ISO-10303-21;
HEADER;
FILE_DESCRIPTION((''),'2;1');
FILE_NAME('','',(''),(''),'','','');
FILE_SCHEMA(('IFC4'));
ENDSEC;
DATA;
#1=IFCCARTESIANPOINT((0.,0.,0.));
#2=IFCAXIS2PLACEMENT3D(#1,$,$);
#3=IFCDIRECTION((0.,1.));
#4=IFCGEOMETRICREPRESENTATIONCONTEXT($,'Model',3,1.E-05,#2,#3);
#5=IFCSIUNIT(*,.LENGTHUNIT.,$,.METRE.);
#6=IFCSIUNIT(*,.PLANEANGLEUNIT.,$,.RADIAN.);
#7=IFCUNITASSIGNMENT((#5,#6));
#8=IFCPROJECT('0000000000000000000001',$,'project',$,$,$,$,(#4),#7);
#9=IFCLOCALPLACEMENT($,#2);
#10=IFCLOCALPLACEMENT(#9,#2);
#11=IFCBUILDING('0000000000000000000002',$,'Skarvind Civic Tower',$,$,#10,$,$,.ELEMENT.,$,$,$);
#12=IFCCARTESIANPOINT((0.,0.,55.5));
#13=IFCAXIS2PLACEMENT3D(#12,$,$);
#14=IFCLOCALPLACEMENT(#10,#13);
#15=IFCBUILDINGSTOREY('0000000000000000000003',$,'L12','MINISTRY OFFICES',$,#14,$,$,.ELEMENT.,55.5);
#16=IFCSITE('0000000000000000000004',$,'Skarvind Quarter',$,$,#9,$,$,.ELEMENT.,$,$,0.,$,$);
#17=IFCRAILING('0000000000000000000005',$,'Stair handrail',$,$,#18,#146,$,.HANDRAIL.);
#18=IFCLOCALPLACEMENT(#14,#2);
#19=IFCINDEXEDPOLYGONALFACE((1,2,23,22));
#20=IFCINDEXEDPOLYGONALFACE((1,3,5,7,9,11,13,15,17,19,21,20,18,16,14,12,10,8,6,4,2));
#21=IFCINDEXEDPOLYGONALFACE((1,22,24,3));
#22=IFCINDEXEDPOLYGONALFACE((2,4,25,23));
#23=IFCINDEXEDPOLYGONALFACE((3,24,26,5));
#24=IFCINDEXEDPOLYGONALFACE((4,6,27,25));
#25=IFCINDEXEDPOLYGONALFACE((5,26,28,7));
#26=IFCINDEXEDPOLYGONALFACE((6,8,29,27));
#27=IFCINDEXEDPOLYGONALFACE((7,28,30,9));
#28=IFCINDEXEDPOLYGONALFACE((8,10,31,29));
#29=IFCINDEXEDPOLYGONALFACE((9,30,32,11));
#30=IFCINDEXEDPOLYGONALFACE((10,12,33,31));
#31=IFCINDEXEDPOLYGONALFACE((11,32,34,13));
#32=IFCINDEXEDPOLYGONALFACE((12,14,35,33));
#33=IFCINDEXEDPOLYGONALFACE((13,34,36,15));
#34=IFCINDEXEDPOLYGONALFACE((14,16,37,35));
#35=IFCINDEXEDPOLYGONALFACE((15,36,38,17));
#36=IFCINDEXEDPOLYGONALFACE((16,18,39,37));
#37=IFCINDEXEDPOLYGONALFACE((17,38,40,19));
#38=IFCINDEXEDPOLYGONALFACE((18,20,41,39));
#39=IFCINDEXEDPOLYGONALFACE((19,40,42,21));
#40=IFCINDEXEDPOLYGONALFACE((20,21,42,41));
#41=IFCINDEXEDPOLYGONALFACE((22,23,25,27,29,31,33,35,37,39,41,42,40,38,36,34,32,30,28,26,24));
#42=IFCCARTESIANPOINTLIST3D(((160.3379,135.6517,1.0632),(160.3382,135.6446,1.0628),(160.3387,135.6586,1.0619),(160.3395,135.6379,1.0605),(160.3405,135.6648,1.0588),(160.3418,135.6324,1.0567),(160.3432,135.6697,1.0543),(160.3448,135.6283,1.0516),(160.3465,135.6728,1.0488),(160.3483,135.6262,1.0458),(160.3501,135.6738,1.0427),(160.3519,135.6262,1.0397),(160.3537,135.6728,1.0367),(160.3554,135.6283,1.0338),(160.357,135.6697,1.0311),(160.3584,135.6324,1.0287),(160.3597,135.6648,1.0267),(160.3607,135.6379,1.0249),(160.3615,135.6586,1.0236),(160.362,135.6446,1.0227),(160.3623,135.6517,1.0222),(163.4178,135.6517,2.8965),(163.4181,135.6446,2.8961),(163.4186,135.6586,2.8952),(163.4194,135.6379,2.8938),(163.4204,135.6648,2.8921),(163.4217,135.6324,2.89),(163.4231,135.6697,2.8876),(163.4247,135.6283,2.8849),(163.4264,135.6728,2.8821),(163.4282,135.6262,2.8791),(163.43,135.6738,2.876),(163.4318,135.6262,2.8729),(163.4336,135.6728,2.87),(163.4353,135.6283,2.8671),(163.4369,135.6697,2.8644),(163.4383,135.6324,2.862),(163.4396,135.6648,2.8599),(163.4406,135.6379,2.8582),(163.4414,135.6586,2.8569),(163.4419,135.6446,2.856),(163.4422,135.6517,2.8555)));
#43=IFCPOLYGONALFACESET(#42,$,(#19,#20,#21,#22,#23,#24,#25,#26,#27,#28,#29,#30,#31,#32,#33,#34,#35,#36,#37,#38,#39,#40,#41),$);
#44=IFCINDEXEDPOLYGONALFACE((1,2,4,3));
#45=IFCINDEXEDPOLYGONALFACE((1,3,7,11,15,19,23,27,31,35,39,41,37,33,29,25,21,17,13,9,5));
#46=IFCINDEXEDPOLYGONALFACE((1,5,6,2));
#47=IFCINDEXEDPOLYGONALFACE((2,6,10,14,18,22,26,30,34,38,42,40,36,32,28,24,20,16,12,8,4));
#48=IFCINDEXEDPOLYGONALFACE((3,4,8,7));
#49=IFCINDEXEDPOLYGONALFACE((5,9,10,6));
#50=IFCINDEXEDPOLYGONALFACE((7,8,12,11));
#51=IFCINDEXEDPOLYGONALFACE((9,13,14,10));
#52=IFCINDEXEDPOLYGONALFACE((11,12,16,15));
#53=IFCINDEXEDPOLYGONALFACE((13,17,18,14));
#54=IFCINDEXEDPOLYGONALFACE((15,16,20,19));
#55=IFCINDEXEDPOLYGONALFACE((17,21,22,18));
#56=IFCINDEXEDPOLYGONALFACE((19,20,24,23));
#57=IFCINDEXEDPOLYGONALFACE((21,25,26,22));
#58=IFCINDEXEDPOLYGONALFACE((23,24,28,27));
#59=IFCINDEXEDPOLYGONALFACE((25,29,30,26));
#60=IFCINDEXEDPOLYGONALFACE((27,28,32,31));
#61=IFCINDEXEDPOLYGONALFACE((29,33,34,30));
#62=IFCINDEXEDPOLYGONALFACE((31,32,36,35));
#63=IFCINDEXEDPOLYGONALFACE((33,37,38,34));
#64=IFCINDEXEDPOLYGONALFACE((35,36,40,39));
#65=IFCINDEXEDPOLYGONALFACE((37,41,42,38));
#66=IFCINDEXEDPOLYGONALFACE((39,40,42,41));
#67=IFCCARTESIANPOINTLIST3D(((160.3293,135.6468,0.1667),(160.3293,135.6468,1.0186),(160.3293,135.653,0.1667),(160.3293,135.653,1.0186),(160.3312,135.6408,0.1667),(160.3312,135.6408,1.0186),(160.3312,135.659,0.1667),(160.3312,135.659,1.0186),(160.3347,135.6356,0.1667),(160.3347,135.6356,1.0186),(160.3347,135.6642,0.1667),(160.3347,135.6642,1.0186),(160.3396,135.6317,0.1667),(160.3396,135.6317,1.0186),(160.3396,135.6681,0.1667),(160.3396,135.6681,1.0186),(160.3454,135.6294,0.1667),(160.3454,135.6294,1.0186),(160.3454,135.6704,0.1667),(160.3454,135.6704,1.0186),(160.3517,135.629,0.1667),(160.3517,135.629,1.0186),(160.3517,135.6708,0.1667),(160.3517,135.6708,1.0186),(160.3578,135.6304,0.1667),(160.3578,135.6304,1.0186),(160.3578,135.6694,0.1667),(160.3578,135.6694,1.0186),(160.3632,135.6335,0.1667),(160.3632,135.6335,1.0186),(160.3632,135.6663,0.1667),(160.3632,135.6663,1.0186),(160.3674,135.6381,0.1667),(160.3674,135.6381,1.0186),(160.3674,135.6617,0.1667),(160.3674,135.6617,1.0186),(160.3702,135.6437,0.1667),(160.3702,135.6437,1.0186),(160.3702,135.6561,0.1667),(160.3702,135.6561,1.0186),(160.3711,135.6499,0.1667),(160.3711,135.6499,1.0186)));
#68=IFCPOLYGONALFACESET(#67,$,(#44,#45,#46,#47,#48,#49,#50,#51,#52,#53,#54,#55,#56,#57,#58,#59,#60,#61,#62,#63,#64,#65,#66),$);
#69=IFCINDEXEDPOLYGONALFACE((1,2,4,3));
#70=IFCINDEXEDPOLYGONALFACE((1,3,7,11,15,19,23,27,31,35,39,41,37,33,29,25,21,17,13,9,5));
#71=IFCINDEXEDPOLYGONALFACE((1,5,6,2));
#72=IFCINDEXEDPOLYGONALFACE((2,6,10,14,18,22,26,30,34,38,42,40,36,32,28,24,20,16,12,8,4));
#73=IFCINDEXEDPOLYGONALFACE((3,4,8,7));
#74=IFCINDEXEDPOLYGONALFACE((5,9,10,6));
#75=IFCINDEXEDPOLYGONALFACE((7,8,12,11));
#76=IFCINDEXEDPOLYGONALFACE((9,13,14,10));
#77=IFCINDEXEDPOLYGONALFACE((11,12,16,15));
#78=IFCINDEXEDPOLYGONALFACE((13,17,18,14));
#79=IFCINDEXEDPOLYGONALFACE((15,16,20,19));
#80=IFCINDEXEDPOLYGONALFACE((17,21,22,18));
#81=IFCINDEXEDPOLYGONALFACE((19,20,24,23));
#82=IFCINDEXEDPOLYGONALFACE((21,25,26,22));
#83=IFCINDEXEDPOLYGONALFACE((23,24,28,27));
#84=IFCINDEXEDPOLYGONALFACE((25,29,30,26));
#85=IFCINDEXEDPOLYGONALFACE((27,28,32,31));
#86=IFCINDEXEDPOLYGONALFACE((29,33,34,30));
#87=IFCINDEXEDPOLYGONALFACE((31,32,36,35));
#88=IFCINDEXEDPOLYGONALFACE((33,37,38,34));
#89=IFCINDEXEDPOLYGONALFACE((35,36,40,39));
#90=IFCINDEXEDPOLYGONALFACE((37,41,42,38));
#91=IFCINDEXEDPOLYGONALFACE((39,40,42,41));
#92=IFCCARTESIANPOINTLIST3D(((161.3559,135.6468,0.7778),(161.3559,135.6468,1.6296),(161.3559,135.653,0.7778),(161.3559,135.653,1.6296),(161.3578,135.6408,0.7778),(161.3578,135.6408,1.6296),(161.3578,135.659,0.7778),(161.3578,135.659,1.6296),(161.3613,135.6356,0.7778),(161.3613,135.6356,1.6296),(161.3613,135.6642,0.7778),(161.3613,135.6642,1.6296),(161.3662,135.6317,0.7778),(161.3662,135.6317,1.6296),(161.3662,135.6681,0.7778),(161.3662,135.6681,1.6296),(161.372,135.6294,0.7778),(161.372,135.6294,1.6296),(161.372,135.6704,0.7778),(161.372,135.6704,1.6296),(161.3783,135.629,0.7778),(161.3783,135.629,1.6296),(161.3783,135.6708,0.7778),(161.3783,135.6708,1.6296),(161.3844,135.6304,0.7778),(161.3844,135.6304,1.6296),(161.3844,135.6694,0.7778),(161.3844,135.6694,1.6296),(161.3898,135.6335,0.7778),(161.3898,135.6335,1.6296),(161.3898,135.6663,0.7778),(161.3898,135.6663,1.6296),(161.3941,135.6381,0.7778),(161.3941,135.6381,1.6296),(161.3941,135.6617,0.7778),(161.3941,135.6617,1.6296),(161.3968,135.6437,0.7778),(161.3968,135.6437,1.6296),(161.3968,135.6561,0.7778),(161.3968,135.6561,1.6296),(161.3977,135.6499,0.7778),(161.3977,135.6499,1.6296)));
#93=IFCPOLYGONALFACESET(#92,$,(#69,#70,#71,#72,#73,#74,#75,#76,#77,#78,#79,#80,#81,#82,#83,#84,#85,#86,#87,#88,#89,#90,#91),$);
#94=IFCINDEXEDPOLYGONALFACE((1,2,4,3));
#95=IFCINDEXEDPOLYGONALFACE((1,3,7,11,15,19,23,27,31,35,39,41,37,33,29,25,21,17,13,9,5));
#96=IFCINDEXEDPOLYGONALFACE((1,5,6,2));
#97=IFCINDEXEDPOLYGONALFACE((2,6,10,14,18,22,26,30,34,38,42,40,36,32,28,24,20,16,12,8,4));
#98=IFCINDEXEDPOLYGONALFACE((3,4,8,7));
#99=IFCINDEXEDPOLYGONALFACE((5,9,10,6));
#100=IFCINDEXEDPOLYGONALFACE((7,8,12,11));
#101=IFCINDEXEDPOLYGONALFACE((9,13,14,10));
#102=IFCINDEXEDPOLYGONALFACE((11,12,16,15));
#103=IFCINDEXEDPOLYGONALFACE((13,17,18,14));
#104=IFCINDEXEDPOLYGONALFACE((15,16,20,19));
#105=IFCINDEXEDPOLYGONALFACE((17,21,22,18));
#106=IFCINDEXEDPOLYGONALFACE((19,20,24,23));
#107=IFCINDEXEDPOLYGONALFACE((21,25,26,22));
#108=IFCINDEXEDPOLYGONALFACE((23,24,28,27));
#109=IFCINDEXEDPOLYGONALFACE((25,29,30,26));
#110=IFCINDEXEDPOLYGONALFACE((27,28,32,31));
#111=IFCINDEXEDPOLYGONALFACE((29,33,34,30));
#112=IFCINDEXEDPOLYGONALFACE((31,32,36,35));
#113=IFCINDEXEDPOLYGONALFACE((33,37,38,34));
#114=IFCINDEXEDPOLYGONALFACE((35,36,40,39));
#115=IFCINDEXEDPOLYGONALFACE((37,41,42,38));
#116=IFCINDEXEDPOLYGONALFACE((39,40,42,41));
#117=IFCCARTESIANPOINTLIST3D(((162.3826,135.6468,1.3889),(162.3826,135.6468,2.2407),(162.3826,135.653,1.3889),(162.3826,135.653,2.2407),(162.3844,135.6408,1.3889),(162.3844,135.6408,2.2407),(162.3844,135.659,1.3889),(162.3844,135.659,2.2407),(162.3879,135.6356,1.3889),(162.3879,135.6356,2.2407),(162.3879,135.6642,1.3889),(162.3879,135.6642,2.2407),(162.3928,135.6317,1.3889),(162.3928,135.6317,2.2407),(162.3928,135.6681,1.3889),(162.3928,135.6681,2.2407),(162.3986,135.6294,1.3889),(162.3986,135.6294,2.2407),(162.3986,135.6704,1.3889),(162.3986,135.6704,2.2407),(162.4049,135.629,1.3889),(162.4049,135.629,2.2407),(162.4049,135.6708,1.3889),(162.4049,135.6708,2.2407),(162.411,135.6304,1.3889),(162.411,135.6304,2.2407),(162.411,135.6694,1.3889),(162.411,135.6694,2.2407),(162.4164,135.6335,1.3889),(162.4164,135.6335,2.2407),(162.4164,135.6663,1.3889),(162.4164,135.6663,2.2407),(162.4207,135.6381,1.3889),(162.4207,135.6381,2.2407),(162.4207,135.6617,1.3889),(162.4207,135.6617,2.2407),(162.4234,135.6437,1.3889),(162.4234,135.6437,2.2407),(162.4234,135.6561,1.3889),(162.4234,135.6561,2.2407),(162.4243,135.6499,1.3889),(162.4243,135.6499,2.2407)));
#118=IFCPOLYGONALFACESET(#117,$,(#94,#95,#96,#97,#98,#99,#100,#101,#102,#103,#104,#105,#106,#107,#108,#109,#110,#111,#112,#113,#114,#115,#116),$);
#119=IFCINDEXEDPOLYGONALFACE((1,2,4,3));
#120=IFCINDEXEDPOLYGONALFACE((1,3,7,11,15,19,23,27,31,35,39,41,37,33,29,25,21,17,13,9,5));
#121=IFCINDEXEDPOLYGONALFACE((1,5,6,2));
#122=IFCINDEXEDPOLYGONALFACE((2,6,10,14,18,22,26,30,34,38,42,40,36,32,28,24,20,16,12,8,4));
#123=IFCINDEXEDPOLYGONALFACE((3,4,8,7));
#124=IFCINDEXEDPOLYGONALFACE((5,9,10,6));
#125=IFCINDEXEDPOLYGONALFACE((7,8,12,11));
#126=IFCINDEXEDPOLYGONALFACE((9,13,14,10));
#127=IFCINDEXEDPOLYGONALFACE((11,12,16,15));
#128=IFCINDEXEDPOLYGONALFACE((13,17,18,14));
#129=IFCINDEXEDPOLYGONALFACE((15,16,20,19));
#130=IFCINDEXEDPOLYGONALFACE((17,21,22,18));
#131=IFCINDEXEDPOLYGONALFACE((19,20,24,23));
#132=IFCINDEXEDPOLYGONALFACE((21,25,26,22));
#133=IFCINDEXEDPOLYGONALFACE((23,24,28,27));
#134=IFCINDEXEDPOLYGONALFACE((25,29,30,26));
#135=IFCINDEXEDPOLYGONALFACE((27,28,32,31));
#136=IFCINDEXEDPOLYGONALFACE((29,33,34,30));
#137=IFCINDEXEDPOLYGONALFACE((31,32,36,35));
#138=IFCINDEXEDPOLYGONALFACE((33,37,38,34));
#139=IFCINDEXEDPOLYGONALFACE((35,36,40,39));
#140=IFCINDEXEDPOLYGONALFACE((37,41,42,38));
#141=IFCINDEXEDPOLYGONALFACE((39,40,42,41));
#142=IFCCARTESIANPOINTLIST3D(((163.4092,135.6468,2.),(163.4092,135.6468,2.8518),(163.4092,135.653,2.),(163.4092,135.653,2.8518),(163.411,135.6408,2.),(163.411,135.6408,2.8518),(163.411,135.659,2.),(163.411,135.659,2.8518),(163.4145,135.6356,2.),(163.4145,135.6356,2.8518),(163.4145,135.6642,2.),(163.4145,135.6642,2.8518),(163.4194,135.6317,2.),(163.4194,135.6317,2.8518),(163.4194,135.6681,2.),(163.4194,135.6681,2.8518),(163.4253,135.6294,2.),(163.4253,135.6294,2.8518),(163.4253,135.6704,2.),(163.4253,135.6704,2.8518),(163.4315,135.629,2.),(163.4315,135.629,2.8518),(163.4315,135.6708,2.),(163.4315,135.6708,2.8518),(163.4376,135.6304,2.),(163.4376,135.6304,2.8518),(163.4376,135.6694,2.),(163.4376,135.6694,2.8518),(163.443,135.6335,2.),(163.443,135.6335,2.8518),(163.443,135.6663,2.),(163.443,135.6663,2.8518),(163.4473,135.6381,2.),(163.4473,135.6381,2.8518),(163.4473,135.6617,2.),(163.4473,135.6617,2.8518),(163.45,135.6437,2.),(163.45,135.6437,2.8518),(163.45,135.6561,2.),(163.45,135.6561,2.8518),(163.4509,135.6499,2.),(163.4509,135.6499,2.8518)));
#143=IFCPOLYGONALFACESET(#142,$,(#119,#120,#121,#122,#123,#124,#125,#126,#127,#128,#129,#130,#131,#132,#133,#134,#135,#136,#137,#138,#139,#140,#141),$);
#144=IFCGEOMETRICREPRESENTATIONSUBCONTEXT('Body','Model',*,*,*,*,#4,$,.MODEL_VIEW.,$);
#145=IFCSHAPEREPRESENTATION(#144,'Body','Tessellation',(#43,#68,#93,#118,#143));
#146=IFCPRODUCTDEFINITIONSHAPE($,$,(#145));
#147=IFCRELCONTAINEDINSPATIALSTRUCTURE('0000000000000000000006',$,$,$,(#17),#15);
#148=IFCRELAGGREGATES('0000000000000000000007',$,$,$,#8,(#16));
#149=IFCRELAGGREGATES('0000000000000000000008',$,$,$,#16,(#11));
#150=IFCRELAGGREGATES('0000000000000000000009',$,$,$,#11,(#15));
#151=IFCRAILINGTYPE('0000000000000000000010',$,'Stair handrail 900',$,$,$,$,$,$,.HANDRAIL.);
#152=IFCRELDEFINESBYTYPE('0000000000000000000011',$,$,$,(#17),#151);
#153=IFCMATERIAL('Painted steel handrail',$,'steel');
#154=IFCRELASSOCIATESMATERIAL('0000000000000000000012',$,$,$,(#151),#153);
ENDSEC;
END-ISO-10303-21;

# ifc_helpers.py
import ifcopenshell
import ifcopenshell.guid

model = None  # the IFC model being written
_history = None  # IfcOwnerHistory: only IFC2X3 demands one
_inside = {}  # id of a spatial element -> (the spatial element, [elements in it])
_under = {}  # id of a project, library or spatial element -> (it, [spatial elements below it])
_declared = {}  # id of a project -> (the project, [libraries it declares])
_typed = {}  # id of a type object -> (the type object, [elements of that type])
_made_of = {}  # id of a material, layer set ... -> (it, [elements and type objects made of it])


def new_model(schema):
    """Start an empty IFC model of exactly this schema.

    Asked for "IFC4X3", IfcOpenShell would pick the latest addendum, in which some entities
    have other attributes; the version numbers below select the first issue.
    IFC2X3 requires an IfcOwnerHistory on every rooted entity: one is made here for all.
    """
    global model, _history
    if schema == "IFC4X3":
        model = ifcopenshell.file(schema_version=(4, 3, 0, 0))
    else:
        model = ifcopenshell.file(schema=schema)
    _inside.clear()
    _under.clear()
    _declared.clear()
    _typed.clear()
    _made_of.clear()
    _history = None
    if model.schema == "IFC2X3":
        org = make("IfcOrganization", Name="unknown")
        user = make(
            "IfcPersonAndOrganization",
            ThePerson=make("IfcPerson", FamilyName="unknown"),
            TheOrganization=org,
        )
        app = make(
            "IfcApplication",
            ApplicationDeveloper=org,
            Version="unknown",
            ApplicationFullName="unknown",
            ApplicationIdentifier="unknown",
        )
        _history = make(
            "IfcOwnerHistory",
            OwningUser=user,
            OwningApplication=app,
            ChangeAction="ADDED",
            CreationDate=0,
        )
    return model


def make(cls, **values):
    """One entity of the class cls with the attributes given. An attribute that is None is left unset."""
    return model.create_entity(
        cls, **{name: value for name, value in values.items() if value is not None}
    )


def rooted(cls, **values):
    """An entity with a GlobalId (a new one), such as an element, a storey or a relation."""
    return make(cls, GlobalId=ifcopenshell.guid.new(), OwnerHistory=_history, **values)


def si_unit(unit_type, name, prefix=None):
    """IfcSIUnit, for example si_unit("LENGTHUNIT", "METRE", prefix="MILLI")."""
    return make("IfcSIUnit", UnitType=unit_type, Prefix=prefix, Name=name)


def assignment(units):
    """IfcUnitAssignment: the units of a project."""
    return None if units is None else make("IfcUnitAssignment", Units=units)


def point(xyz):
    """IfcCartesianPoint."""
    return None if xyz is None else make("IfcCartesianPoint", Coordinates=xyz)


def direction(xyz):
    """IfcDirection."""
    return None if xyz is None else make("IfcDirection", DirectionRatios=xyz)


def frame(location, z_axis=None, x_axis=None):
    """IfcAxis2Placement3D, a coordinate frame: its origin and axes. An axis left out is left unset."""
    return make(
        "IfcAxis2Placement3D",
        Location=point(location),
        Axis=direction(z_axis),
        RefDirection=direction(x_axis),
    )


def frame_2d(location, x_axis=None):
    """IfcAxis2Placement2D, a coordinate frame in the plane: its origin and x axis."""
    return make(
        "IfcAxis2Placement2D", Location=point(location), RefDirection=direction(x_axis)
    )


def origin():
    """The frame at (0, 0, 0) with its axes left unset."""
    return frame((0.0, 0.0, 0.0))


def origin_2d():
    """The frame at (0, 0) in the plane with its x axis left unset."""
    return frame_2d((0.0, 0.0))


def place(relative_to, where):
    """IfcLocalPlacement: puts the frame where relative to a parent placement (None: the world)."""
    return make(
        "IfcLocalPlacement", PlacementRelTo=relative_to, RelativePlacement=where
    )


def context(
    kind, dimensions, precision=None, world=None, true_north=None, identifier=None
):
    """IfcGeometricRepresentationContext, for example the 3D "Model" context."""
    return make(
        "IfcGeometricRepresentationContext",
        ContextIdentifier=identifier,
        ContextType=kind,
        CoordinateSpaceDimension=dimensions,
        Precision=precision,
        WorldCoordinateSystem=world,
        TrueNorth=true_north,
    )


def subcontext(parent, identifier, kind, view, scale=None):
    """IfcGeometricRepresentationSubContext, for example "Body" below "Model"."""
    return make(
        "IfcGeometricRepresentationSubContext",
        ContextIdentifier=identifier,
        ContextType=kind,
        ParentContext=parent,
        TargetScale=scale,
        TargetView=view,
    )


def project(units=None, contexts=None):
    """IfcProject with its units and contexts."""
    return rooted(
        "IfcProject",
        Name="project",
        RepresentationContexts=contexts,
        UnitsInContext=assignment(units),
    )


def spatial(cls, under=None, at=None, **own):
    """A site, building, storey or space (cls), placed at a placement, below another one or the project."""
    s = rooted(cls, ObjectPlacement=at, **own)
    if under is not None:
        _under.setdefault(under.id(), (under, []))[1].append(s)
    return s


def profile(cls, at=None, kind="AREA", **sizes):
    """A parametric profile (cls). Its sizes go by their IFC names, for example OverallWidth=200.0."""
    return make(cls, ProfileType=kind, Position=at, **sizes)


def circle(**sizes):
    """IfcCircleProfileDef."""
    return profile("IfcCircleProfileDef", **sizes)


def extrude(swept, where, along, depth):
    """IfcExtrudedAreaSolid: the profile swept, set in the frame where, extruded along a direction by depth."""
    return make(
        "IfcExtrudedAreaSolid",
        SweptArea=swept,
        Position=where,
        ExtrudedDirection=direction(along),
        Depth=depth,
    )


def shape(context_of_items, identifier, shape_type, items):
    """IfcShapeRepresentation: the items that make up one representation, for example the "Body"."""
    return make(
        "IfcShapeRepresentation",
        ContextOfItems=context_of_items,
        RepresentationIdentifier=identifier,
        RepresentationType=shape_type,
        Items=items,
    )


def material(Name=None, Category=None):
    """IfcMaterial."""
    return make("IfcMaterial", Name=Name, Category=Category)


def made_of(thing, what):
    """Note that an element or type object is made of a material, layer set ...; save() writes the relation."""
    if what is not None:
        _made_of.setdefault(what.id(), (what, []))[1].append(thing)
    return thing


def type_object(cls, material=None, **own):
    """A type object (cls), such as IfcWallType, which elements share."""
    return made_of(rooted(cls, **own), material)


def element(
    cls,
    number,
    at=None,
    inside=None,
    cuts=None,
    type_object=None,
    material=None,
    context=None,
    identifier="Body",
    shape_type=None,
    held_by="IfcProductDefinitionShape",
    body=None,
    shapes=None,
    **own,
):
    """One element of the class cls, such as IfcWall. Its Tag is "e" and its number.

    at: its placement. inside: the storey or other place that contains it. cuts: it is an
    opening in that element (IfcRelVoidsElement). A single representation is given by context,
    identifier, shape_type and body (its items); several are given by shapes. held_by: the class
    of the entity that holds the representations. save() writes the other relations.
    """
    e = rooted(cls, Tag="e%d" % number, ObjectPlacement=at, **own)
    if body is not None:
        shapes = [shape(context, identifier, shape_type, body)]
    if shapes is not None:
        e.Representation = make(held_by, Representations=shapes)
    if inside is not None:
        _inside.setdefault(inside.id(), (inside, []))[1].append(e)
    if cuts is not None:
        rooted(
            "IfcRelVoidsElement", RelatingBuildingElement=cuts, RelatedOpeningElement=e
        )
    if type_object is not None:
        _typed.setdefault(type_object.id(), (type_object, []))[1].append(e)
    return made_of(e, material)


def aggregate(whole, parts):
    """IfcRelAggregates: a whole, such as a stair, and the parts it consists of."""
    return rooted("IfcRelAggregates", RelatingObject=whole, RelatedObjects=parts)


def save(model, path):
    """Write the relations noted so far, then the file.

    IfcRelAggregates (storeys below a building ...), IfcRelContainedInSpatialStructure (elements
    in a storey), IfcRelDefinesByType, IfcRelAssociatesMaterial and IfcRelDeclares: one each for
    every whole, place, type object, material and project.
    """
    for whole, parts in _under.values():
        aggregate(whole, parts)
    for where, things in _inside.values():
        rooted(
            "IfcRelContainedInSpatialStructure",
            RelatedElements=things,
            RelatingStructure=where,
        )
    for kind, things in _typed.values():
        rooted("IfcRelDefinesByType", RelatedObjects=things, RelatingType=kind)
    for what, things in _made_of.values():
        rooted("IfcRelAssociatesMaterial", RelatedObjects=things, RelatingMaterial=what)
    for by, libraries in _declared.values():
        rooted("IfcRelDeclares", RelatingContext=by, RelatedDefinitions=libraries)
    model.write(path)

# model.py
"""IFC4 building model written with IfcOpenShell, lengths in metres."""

from ifc_helpers import new_model, si_unit, direction, frame, origin, origin_2d, place, context, subcontext, project, spatial, circle, extrude, material, type_object, element, save


model = new_model("IFC4")

# Units and contexts
model_context = context("Model", 3, precision=1e-05, world=origin(), true_north=direction((0.0, 1.0)))
body_context = subcontext(model_context, "Body", "Model", "MODEL_VIEW")
ifc_project = project(units=[si_unit("LENGTHUNIT", "METRE"), si_unit("PLANEANGLEUNIT", "RADIAN")], contexts=[model_context])

# Site, building, storey
site_placement = place(None, origin())
site = spatial("IfcSite", under=ifc_project, at=site_placement, Name="Skarvind Quarter", CompositionType="ELEMENT", RefElevation=0.0)
building_placement = place(site_placement, origin())
building = spatial("IfcBuilding", under=site, at=building_placement, Name="Skarvind Civic Tower", CompositionType="ELEMENT")
storey_placement = place(building_placement, frame((0.0, 0.0, 55.5)))
storey = spatial("IfcBuildingStorey", under=building, at=storey_placement, Name="L12", Description="MINISTRY OFFICES", CompositionType="ELEMENT", Elevation=55.5)

# Railing
ifc_material_1 = material(Name="Painted steel handrail", Category="steel")
railing_type = type_object("IfcRailingType", Name="Stair handrail 900", PredefinedType="HANDRAIL", material=ifc_material_1)
railing_1_placement = place(storey_placement, frame((160.3501, 135.6499, 0.1667)))
element("IfcRailing", 1, at=railing_1_placement, inside=storey, type_object=railing_type, Name="Stair handrail", PredefinedType="HANDRAIL", context=body_context, shape_type="SweptSolid", body=[
    extrude(circle(Radius=0.0239, at=origin_2d()), frame((0.0, 0.0, 0.876), z_axis=(0.859291, 0.0, 0.511487), x_axis=(0.0, 1.0, 0.0)), (0.0, 0.0, 1.0), 3.5842),
    extrude(circle(Radius=0.021, at=origin_2d()), origin(), (0.0, 0.0, 1.0), 0.8518),
    extrude(circle(Radius=0.021, at=origin_2d()), frame((1.0266, 0.0, 0.6111)), (0.0, 0.0, 1.0), 0.8518),
    extrude(circle(Radius=0.021, at=origin_2d()), frame((2.0532, 0.0, 1.2222)), (0.0, 0.0, 1.0), 0.8518),
    extrude(circle(Radius=0.021, at=origin_2d()), frame((3.0798, 0.0, 1.8333)), (0.0, 0.0, 1.0), 0.8518),
])

save(model, "model.ifc")
